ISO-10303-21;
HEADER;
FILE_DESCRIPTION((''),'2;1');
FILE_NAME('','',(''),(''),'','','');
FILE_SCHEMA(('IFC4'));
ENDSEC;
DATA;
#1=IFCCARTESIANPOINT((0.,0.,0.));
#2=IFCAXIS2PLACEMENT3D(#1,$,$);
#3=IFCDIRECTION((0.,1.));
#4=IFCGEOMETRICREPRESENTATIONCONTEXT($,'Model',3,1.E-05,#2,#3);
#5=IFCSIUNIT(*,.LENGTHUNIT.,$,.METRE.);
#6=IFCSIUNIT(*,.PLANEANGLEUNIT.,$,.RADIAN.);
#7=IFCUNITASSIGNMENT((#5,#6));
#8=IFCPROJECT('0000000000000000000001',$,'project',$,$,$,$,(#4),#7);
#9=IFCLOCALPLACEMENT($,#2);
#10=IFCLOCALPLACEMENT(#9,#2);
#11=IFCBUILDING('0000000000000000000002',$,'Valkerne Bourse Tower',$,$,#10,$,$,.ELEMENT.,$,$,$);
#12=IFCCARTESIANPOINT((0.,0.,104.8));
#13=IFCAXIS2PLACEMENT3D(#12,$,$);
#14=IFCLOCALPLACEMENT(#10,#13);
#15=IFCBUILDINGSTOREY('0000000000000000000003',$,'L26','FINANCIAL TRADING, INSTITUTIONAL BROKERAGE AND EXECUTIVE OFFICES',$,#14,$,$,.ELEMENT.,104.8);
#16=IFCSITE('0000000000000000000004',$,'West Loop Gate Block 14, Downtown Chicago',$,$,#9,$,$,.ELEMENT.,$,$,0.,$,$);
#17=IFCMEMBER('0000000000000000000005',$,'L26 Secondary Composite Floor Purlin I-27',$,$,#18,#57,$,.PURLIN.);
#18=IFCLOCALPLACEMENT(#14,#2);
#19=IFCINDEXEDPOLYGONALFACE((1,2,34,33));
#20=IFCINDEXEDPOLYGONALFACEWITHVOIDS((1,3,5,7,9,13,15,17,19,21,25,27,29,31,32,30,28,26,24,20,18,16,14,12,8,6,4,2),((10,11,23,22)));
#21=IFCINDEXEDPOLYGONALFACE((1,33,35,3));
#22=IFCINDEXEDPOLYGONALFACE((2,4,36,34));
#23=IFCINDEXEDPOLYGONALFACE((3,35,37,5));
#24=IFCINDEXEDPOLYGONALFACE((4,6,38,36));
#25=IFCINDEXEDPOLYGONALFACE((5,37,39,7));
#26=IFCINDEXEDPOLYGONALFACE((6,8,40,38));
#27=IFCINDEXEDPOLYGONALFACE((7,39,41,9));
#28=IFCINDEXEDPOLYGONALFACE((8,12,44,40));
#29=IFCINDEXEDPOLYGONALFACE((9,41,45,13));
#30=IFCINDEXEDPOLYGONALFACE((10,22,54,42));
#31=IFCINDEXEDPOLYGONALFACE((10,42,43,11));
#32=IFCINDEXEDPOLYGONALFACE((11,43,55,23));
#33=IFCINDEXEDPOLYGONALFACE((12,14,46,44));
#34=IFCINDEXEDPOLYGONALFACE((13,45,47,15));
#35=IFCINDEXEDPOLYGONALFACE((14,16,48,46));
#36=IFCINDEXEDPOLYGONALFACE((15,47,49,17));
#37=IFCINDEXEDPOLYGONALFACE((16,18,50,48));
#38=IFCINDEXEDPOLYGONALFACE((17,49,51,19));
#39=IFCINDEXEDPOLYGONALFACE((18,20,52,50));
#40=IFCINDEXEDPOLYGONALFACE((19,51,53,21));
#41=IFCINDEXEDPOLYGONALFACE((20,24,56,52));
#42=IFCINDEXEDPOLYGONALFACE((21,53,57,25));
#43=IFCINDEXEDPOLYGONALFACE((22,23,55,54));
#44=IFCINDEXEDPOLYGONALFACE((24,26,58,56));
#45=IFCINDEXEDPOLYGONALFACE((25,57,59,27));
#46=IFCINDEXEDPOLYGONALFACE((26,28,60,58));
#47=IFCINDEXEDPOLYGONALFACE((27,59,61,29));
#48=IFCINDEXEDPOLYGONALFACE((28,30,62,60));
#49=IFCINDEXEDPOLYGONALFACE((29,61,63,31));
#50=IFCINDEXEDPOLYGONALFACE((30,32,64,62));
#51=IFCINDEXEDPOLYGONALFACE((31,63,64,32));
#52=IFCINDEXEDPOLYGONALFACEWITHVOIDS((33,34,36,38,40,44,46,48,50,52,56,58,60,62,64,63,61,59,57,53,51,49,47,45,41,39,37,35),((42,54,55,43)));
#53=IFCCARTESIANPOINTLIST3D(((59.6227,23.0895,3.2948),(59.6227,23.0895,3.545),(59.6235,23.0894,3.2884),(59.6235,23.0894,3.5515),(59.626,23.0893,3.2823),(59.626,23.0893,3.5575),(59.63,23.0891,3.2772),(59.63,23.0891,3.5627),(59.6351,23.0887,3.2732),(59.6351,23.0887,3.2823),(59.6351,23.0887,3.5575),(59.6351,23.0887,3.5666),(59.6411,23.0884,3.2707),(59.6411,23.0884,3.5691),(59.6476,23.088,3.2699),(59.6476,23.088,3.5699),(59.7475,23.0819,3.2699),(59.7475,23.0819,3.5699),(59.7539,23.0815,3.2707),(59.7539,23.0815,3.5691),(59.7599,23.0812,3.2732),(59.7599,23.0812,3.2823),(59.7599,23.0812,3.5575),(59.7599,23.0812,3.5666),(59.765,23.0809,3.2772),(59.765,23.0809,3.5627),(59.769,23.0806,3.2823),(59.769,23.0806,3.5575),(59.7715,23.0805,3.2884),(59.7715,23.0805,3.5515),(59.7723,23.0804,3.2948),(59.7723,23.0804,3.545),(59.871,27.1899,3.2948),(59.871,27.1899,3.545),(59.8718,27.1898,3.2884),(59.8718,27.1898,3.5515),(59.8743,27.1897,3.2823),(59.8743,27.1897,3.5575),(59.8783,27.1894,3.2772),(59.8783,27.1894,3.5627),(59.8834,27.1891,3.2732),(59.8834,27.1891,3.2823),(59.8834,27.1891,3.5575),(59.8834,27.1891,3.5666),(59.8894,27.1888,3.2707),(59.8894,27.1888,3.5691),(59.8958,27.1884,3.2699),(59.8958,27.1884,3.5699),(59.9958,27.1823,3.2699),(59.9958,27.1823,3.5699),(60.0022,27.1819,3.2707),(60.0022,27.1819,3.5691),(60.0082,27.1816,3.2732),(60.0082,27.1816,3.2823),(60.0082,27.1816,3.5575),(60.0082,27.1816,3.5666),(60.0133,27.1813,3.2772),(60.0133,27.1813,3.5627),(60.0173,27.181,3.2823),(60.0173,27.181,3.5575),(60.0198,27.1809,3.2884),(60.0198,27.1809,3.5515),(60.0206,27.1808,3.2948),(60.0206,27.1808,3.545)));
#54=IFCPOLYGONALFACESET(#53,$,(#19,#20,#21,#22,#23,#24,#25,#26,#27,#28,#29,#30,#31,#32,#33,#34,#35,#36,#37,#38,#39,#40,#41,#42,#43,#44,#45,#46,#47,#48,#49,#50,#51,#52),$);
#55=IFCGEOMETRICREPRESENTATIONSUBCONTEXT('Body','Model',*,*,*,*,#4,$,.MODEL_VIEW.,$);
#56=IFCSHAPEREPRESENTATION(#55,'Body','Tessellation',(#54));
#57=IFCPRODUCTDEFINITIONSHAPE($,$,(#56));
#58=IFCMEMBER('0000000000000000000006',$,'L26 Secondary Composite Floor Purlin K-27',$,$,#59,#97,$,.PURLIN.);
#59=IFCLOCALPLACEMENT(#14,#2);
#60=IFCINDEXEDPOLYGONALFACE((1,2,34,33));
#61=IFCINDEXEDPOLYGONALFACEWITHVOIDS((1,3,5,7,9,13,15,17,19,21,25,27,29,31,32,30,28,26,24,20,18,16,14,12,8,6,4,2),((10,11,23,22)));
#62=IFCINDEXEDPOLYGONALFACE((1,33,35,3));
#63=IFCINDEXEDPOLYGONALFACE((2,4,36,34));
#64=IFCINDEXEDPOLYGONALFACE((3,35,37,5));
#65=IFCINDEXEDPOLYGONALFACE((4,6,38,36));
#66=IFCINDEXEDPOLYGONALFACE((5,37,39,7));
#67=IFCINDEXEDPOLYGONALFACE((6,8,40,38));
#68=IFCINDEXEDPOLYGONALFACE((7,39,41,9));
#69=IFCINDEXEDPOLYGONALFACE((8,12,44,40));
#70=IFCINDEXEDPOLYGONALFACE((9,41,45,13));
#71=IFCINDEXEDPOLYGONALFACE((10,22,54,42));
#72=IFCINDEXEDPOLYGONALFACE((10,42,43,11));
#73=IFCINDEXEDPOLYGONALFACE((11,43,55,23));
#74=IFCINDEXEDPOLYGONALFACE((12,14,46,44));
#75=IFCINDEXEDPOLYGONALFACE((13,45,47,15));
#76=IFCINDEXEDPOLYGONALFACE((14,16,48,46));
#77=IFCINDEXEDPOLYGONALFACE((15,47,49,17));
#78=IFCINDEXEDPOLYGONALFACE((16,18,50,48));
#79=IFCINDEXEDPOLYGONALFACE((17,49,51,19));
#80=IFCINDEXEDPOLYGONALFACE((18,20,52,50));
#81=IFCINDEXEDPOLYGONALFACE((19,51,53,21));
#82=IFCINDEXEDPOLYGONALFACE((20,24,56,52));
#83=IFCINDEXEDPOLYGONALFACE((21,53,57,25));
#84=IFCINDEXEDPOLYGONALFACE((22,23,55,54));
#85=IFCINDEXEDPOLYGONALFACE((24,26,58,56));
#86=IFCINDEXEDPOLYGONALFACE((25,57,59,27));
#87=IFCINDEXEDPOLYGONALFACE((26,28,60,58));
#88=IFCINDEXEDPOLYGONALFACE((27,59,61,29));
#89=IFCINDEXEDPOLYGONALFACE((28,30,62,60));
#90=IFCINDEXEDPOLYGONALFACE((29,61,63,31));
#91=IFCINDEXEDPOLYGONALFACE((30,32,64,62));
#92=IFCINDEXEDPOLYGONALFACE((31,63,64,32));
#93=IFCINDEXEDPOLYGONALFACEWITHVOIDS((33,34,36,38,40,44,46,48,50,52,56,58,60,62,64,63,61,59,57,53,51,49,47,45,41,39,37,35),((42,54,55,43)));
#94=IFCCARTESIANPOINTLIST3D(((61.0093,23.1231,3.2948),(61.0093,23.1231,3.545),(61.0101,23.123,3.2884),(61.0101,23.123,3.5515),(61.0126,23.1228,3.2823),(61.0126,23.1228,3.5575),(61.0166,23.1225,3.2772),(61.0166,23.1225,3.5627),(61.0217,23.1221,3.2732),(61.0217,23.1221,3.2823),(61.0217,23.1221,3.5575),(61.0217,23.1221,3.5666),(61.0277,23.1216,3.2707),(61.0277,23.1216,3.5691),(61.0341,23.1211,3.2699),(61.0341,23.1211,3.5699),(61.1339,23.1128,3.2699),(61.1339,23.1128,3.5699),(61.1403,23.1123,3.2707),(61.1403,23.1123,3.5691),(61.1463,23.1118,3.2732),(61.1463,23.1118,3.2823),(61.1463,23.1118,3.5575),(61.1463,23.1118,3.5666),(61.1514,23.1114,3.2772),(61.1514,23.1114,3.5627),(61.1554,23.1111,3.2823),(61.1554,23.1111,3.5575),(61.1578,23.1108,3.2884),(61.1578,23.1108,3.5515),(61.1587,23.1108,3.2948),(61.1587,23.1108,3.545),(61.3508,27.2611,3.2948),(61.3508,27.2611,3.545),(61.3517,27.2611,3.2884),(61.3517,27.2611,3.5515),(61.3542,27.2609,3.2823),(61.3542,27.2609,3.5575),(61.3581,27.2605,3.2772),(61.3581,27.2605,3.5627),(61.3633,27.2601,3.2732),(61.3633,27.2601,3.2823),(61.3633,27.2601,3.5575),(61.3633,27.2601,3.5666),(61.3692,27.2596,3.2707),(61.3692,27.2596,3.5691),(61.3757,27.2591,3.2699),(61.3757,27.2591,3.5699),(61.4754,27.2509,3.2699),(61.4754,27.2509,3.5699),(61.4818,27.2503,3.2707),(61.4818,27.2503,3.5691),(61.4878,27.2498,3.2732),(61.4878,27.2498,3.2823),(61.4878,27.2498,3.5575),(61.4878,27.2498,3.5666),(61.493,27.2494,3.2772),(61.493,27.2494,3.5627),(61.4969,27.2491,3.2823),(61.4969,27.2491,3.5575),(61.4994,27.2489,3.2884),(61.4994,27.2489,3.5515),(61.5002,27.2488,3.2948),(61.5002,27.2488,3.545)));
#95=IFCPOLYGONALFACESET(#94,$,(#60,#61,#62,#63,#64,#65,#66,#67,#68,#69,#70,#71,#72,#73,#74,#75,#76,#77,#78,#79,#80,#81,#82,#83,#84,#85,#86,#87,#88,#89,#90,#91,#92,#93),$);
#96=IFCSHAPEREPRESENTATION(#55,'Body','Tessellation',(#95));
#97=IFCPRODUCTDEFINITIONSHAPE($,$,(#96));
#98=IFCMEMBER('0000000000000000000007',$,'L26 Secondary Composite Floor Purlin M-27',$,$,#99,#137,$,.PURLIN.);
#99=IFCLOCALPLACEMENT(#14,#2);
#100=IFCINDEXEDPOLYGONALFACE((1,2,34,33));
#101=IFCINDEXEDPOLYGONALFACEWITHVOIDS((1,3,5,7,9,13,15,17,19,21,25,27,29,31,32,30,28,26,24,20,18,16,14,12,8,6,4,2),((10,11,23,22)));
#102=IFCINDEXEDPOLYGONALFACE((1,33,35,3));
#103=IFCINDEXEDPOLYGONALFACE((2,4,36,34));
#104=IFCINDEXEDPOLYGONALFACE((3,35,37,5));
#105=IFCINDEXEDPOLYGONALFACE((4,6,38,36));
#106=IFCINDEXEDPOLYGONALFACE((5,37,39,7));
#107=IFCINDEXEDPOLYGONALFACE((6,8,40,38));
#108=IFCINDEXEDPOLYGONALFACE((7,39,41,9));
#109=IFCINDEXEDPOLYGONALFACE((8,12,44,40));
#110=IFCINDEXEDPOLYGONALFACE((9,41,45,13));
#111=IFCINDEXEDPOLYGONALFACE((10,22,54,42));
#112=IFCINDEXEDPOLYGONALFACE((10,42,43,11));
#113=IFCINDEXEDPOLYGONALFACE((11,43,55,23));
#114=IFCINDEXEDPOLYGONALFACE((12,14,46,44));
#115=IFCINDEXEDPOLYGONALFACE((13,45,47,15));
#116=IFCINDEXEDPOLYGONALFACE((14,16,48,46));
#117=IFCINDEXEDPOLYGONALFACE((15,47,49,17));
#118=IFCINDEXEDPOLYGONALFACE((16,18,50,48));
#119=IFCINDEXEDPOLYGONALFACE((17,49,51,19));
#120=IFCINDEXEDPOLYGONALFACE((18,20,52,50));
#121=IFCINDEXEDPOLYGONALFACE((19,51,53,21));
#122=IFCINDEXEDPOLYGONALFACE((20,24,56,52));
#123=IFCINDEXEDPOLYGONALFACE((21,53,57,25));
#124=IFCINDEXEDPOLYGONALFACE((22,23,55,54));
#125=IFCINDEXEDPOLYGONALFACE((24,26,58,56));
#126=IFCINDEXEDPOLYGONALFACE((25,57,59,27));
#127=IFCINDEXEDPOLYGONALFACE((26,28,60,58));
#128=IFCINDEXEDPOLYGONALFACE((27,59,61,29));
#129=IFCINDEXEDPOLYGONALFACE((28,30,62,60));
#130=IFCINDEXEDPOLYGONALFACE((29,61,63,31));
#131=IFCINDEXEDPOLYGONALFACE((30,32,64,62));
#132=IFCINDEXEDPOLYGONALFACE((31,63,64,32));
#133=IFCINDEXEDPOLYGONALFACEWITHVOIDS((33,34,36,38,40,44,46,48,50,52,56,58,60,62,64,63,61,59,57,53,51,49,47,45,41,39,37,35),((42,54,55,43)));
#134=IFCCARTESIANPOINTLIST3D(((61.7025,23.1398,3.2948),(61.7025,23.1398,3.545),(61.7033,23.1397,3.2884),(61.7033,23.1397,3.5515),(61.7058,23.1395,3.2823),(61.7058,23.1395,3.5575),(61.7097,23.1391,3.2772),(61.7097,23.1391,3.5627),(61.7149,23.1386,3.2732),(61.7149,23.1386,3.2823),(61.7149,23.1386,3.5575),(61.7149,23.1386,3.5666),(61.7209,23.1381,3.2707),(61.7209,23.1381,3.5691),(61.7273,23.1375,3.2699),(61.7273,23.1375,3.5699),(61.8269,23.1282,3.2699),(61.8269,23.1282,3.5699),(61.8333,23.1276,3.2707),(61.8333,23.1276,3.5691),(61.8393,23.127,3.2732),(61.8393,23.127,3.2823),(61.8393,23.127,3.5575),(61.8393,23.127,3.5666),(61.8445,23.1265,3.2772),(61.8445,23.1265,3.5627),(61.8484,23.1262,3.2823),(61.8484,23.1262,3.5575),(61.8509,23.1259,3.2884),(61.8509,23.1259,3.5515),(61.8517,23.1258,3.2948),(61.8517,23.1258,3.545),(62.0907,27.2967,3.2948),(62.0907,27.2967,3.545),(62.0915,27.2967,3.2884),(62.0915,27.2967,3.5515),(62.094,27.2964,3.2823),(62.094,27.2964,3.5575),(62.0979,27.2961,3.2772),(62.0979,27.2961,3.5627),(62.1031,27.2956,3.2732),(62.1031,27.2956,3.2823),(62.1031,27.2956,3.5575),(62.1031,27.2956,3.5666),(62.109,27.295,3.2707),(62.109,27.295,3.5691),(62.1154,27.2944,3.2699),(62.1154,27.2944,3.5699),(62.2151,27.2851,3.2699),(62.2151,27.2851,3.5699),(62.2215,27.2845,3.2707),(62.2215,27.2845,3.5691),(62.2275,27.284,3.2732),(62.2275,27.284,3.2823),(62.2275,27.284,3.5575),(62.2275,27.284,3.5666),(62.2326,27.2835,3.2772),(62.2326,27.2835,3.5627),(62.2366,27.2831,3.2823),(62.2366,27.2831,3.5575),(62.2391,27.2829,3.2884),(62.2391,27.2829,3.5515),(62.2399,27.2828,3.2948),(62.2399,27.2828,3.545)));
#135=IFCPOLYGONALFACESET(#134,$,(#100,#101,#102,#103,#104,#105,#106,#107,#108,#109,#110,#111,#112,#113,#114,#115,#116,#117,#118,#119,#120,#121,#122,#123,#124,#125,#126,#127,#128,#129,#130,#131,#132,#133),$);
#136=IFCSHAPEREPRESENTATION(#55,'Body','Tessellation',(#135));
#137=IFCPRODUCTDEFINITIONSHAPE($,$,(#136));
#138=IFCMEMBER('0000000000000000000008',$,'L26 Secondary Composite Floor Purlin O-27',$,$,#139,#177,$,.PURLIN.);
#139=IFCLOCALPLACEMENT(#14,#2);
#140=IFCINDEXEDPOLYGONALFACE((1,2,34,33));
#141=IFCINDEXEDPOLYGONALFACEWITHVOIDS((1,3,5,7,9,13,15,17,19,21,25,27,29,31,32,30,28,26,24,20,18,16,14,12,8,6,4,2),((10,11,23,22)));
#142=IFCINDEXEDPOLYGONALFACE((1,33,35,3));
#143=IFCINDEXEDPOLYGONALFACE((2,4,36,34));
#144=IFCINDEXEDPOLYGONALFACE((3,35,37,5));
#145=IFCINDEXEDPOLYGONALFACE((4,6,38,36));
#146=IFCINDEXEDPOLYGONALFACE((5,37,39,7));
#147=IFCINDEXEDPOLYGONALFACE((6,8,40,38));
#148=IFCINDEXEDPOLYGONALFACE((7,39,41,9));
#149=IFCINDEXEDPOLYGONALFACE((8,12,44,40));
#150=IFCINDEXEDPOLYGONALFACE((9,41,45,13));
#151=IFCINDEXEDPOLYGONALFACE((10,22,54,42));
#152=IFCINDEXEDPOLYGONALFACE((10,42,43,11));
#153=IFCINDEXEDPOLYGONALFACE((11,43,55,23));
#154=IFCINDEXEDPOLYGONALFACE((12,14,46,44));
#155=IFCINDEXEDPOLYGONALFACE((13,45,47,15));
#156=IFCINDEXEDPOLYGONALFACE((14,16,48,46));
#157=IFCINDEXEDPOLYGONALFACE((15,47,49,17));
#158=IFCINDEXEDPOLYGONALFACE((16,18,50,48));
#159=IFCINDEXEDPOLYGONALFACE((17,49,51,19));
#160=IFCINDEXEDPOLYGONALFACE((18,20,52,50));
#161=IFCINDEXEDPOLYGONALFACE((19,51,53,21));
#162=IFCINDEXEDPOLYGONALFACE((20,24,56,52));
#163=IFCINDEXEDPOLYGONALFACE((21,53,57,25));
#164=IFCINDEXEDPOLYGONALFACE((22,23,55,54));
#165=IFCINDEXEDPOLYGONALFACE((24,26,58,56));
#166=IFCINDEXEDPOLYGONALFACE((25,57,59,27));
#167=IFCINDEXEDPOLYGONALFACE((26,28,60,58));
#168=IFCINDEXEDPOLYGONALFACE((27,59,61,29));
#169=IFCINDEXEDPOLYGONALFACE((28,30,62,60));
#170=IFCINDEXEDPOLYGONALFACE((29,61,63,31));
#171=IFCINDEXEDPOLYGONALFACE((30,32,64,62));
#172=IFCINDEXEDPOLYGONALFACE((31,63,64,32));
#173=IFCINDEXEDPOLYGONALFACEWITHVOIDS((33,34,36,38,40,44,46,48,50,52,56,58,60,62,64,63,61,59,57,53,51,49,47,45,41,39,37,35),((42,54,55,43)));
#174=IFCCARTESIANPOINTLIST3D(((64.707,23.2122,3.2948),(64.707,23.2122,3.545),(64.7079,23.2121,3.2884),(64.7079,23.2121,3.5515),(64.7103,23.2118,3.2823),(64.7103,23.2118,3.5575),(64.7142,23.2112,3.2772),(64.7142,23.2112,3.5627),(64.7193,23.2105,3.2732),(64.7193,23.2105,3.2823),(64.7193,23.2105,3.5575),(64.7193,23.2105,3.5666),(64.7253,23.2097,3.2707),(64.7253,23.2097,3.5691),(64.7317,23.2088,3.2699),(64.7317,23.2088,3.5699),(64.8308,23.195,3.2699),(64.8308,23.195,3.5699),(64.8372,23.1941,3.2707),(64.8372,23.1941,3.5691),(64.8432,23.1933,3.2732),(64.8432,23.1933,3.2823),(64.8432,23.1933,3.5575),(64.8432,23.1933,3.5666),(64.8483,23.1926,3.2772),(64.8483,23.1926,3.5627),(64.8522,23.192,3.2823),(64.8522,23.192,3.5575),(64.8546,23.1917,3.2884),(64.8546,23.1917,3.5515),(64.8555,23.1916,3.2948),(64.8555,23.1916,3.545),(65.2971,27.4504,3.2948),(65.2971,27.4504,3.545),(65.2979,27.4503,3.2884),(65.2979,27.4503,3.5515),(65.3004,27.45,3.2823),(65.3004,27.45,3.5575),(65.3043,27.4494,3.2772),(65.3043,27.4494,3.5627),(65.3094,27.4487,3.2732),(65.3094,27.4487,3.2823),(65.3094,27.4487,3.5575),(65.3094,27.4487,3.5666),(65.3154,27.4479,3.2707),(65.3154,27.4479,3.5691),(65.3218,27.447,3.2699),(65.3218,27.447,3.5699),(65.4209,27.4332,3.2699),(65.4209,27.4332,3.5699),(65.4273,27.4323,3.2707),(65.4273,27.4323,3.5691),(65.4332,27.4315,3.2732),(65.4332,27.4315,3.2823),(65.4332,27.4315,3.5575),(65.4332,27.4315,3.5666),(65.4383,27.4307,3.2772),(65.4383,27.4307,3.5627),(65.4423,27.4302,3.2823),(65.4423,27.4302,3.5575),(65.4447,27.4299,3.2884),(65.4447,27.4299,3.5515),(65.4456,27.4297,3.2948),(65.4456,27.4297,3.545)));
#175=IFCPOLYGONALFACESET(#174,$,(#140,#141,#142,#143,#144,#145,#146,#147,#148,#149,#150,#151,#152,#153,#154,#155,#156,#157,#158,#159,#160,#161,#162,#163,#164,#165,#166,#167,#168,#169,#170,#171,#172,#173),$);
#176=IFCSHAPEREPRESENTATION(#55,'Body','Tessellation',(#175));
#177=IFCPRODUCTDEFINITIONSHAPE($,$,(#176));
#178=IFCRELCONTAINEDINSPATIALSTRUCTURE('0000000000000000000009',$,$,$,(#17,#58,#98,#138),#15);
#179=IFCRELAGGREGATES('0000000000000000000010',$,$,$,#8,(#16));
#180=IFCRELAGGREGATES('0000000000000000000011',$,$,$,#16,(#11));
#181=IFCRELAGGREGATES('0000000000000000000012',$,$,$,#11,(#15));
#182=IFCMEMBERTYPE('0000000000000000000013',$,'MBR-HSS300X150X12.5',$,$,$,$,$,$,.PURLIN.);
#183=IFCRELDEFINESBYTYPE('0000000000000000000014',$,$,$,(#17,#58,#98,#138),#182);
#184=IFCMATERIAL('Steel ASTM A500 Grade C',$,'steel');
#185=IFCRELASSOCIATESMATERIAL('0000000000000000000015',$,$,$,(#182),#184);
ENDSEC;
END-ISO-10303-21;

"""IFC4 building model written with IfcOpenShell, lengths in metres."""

from ifc_helpers import new_model, si_unit, direction, frame, origin, origin_2d, place, context, subcontext, project, spatial, hollow_rectangle, extrude, material, material_profile, profile_set, type_object, element, save


model = new_model("IFC4")

# Units and contexts
model_context = context("Model", 3, precision=1e-05, world=origin(), true_north=direction((0.0, 1.0)))
body_context = subcontext(model_context, "Body", "Model", "MODEL_VIEW")
ifc_project = project(units=[si_unit("LENGTHUNIT", "METRE"), si_unit("PLANEANGLEUNIT", "RADIAN")], contexts=[model_context])

# Site, building, storey
site_placement = place(None, origin())
site = spatial("IfcSite", under=ifc_project, at=site_placement, Name="West Loop Gate Block 14, Downtown Chicago", CompositionType="ELEMENT", RefElevation=0.0)
building_placement = place(site_placement, origin())
building = spatial("IfcBuilding", under=site, at=building_placement, Name="Valkerne Bourse Tower", CompositionType="ELEMENT")
storey_placement = place(building_placement, frame((0.0, 0.0, 104.8)))
storey = spatial("IfcBuildingStorey", under=building, at=storey_placement, Name="L26", Description="FINANCIAL TRADING, INSTITUTIONAL BROKERAGE AND EXECUTIVE OFFICES", CompositionType="ELEMENT", Elevation=104.8)

# Members
ifc_material_1 = material(Name="Steel ASTM A500 Grade C", Category="steel")
ifc_material_profile_1 = material_profile(ifc_material_1, hollow_rectangle(XDim=0.1499, YDim=0.3, WallThickness=0.0125, OuterFilletRadius=0.0249, at=origin_2d()), Name="HSS300X150X12.5")
ifc_profile_set_1 = profile_set([ifc_material_profile_1], Name="Steel ASTM A500 Grade C")
member_type_1 = type_object("IfcMemberType", Name="MBR-HSS300X150X12.5", PredefinedType="PURLIN", material=ifc_profile_set_1)
member_1_placement = place(storey_placement, frame((59.6975, 23.085, 3.4199), z_axis=(0.060443, 0.998172, 0.0), x_axis=(-0.998172, 0.060443, 0.0)))
element("IfcMember", 1, at=member_1_placement, inside=storey, type_object=member_type_1, Name="L26 Secondary Composite Floor Purlin I-27", PredefinedType="PURLIN", context=body_context, shape_type="SweptSolid", body=[
    extrude(hollow_rectangle(XDim=0.1499, YDim=0.3, WallThickness=0.0125, OuterFilletRadius=0.0249, at=origin_2d()), origin(), (0.0, 0.0, 1.0), 4.1079),
])
member_2_placement = place(storey_placement, frame((61.084, 23.1169, 3.4199), z_axis=(0.082262, 0.996611, 0.0), x_axis=(-0.996611, 0.082262, 0.0)))
element("IfcMember", 2, at=member_2_placement, inside=storey, type_object=member_type_1, Name="L26 Secondary Composite Floor Purlin K-27", PredefinedType="PURLIN", context=body_context, shape_type="SweptSolid", body=[
    extrude(hollow_rectangle(XDim=0.1499, YDim=0.3, WallThickness=0.0125, OuterFilletRadius=0.0249, at=origin_2d()), origin(), (0.0, 0.0, 1.0), 4.1521),
])
member_3_placement = place(storey_placement, frame((61.7771, 23.1328, 3.4199), z_axis=(0.092977, 0.995668, 0.0), x_axis=(-0.995668, 0.092977, 0.0)))
element("IfcMember", 3, at=member_3_placement, inside=storey, type_object=member_type_1, Name="L26 Secondary Composite Floor Purlin M-27", PredefinedType="PURLIN", context=body_context, shape_type="SweptSolid", body=[
    extrude(hollow_rectangle(XDim=0.1499, YDim=0.3, WallThickness=0.0125, OuterFilletRadius=0.0249, at=origin_2d()), origin(), (0.0, 0.0, 1.0), 4.175),
])
member_4_placement = place(storey_placement, frame((64.7812, 23.2019, 3.4199), z_axis=(0.137898, 0.990446, 0.0), x_axis=(-0.990446, 0.137898, 0.0)))
element("IfcMember", 4, at=member_4_placement, inside=storey, type_object=member_type_1, Name="L26 Secondary Composite Floor Purlin O-27", PredefinedType="PURLIN", context=body_context, shape_type="SweptSolid", body=[
    extrude(hollow_rectangle(XDim=0.1499, YDim=0.3, WallThickness=0.0125, OuterFilletRadius=0.0249, at=origin_2d()), origin(), (0.0, 0.0, 1.0), 4.2791),
])

save(model, "model.ifc")
